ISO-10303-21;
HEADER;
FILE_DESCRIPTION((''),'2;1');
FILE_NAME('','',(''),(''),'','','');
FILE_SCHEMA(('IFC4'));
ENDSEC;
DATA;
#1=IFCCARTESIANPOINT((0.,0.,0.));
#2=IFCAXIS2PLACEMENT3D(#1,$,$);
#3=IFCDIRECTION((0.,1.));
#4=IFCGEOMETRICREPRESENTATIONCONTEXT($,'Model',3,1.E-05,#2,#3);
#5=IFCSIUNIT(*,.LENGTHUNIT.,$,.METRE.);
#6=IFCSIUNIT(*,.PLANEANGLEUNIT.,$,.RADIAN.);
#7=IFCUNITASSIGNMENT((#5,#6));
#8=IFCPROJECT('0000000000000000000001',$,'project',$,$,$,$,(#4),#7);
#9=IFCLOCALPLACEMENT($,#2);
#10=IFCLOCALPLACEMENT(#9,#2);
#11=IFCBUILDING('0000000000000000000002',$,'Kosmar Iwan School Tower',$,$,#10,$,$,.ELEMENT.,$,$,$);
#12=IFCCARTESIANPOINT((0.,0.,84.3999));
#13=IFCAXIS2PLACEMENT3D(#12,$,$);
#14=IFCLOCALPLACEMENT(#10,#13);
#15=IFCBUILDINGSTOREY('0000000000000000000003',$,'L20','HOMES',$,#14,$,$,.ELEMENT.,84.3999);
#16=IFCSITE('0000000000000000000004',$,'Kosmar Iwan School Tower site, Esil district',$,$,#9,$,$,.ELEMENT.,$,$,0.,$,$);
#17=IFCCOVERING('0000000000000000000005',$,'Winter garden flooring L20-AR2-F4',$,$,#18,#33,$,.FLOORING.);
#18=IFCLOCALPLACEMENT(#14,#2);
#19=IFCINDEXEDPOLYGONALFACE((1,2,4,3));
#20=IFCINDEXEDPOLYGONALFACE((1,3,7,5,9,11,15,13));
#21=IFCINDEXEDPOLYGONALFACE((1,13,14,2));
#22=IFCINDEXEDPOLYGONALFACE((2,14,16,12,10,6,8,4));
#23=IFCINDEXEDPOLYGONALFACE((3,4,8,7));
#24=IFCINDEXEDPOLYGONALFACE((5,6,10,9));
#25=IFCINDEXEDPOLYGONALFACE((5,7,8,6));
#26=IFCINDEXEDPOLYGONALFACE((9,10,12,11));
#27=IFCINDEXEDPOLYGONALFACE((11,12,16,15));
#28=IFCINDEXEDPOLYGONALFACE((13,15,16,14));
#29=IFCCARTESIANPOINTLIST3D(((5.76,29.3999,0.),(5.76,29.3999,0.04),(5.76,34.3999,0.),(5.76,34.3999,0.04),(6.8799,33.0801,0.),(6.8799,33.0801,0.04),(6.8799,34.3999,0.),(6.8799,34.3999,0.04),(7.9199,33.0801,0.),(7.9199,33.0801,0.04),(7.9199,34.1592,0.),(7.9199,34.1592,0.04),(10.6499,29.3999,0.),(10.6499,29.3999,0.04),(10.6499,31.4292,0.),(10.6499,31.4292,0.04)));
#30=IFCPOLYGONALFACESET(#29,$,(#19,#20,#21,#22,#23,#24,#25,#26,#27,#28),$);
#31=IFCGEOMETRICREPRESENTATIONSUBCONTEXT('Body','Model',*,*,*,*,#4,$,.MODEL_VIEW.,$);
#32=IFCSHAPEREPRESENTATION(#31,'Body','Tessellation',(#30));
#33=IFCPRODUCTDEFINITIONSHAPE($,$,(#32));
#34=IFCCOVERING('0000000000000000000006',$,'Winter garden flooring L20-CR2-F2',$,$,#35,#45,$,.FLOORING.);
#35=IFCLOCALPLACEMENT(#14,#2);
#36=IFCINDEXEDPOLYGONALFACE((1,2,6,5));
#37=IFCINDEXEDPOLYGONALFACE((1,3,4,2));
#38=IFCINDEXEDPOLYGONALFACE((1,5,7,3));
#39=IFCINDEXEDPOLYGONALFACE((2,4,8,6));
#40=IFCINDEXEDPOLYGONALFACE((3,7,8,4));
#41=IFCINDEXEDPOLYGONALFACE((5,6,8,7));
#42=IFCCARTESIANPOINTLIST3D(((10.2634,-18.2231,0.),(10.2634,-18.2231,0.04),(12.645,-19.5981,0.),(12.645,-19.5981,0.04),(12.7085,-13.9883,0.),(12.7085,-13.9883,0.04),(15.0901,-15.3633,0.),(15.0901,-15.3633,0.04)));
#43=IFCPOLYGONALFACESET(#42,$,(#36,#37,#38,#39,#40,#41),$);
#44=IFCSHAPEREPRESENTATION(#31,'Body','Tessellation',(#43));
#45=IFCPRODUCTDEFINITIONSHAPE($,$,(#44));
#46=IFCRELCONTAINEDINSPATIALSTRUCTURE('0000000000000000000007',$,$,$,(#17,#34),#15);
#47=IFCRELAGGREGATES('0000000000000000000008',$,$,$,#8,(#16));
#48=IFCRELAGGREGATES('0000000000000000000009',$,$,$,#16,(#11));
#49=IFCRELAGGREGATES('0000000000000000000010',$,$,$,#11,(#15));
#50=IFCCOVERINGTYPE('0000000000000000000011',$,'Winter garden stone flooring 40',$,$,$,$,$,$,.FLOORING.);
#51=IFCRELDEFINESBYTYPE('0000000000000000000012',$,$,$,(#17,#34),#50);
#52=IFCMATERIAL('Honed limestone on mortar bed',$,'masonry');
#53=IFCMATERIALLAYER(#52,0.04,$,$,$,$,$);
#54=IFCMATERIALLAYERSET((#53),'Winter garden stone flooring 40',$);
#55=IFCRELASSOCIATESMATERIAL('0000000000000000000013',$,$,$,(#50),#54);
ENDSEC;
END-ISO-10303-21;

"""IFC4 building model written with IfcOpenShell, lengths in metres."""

from ifc_helpers import new_model, si_unit, direction, frame, origin, place, context, subcontext, project, spatial, polyline, outline, extrude, material, layer, layer_set, type_object, element, save


model = new_model("IFC4")

# Units and contexts
model_context = context("Model", 3, precision=1e-05, world=origin(), true_north=direction((0.0, 1.0)))
body_context = subcontext(model_context, "Body", "Model", "MODEL_VIEW")
ifc_project = project(units=[si_unit("LENGTHUNIT", "METRE"), si_unit("PLANEANGLEUNIT", "RADIAN")], contexts=[model_context])

# Site, building, storey
site_placement = place(None, origin())
site = spatial("IfcSite", under=ifc_project, at=site_placement, Name="Kosmar Iwan School Tower site, Esil district", CompositionType="ELEMENT", RefElevation=0.0)
building_placement = place(site_placement, origin())
building = spatial("IfcBuilding", under=site, at=building_placement, Name="Kosmar Iwan School Tower", CompositionType="ELEMENT")
storey_placement = place(building_placement, frame((0.0, 0.0, 84.3999)))
storey = spatial("IfcBuildingStorey", under=building, at=storey_placement, Name="L20", Description="HOMES", CompositionType="ELEMENT", Elevation=84.3999)

# Coverings
ifc_material_1 = material(Name="Honed limestone on mortar bed", Category="masonry")
ifc_layer_1 = layer(ifc_material_1, 0.04)
ifc_layer_set_1 = layer_set([ifc_layer_1], Name="Winter garden stone flooring 40")
covering_type = type_object("IfcCoveringType", Name="Winter garden stone flooring 40", PredefinedType="FLOORING", material=ifc_layer_set_1)
covering_1_placement = place(storey_placement, origin())
element("IfcCovering", 1, at=covering_1_placement, inside=storey, type_object=covering_type, Name="Winter garden flooring L20-AR2-F4", PredefinedType="FLOORING", context=body_context, shape_type="SweptSolid", body=[
    extrude(outline(polyline([(5.76, 29.3999), (10.6499, 29.3999), (10.6499, 31.4292), (7.9199, 34.1592), (7.9199, 33.0801), (6.8799, 33.0801), (6.8799, 34.3999), (5.76, 34.3999), (5.76, 29.3999)])), origin(), (0.0, 0.0, 1.0), 0.04),
])
covering_2_placement = place(storey_placement, origin())
element("IfcCovering", 2, at=covering_2_placement, inside=storey, type_object=covering_type, Name="Winter garden flooring L20-CR2-F2", PredefinedType="FLOORING", context=body_context, shape_type="SweptSolid", body=[
    extrude(outline(polyline([(12.645, -19.5981), (15.0901, -15.3633), (12.7085, -13.9883), (10.2634, -18.2231), (12.645, -19.5981)])), origin(), (0.0, 0.0, 1.0), 0.04),
])

save(model, "model.ifc")
